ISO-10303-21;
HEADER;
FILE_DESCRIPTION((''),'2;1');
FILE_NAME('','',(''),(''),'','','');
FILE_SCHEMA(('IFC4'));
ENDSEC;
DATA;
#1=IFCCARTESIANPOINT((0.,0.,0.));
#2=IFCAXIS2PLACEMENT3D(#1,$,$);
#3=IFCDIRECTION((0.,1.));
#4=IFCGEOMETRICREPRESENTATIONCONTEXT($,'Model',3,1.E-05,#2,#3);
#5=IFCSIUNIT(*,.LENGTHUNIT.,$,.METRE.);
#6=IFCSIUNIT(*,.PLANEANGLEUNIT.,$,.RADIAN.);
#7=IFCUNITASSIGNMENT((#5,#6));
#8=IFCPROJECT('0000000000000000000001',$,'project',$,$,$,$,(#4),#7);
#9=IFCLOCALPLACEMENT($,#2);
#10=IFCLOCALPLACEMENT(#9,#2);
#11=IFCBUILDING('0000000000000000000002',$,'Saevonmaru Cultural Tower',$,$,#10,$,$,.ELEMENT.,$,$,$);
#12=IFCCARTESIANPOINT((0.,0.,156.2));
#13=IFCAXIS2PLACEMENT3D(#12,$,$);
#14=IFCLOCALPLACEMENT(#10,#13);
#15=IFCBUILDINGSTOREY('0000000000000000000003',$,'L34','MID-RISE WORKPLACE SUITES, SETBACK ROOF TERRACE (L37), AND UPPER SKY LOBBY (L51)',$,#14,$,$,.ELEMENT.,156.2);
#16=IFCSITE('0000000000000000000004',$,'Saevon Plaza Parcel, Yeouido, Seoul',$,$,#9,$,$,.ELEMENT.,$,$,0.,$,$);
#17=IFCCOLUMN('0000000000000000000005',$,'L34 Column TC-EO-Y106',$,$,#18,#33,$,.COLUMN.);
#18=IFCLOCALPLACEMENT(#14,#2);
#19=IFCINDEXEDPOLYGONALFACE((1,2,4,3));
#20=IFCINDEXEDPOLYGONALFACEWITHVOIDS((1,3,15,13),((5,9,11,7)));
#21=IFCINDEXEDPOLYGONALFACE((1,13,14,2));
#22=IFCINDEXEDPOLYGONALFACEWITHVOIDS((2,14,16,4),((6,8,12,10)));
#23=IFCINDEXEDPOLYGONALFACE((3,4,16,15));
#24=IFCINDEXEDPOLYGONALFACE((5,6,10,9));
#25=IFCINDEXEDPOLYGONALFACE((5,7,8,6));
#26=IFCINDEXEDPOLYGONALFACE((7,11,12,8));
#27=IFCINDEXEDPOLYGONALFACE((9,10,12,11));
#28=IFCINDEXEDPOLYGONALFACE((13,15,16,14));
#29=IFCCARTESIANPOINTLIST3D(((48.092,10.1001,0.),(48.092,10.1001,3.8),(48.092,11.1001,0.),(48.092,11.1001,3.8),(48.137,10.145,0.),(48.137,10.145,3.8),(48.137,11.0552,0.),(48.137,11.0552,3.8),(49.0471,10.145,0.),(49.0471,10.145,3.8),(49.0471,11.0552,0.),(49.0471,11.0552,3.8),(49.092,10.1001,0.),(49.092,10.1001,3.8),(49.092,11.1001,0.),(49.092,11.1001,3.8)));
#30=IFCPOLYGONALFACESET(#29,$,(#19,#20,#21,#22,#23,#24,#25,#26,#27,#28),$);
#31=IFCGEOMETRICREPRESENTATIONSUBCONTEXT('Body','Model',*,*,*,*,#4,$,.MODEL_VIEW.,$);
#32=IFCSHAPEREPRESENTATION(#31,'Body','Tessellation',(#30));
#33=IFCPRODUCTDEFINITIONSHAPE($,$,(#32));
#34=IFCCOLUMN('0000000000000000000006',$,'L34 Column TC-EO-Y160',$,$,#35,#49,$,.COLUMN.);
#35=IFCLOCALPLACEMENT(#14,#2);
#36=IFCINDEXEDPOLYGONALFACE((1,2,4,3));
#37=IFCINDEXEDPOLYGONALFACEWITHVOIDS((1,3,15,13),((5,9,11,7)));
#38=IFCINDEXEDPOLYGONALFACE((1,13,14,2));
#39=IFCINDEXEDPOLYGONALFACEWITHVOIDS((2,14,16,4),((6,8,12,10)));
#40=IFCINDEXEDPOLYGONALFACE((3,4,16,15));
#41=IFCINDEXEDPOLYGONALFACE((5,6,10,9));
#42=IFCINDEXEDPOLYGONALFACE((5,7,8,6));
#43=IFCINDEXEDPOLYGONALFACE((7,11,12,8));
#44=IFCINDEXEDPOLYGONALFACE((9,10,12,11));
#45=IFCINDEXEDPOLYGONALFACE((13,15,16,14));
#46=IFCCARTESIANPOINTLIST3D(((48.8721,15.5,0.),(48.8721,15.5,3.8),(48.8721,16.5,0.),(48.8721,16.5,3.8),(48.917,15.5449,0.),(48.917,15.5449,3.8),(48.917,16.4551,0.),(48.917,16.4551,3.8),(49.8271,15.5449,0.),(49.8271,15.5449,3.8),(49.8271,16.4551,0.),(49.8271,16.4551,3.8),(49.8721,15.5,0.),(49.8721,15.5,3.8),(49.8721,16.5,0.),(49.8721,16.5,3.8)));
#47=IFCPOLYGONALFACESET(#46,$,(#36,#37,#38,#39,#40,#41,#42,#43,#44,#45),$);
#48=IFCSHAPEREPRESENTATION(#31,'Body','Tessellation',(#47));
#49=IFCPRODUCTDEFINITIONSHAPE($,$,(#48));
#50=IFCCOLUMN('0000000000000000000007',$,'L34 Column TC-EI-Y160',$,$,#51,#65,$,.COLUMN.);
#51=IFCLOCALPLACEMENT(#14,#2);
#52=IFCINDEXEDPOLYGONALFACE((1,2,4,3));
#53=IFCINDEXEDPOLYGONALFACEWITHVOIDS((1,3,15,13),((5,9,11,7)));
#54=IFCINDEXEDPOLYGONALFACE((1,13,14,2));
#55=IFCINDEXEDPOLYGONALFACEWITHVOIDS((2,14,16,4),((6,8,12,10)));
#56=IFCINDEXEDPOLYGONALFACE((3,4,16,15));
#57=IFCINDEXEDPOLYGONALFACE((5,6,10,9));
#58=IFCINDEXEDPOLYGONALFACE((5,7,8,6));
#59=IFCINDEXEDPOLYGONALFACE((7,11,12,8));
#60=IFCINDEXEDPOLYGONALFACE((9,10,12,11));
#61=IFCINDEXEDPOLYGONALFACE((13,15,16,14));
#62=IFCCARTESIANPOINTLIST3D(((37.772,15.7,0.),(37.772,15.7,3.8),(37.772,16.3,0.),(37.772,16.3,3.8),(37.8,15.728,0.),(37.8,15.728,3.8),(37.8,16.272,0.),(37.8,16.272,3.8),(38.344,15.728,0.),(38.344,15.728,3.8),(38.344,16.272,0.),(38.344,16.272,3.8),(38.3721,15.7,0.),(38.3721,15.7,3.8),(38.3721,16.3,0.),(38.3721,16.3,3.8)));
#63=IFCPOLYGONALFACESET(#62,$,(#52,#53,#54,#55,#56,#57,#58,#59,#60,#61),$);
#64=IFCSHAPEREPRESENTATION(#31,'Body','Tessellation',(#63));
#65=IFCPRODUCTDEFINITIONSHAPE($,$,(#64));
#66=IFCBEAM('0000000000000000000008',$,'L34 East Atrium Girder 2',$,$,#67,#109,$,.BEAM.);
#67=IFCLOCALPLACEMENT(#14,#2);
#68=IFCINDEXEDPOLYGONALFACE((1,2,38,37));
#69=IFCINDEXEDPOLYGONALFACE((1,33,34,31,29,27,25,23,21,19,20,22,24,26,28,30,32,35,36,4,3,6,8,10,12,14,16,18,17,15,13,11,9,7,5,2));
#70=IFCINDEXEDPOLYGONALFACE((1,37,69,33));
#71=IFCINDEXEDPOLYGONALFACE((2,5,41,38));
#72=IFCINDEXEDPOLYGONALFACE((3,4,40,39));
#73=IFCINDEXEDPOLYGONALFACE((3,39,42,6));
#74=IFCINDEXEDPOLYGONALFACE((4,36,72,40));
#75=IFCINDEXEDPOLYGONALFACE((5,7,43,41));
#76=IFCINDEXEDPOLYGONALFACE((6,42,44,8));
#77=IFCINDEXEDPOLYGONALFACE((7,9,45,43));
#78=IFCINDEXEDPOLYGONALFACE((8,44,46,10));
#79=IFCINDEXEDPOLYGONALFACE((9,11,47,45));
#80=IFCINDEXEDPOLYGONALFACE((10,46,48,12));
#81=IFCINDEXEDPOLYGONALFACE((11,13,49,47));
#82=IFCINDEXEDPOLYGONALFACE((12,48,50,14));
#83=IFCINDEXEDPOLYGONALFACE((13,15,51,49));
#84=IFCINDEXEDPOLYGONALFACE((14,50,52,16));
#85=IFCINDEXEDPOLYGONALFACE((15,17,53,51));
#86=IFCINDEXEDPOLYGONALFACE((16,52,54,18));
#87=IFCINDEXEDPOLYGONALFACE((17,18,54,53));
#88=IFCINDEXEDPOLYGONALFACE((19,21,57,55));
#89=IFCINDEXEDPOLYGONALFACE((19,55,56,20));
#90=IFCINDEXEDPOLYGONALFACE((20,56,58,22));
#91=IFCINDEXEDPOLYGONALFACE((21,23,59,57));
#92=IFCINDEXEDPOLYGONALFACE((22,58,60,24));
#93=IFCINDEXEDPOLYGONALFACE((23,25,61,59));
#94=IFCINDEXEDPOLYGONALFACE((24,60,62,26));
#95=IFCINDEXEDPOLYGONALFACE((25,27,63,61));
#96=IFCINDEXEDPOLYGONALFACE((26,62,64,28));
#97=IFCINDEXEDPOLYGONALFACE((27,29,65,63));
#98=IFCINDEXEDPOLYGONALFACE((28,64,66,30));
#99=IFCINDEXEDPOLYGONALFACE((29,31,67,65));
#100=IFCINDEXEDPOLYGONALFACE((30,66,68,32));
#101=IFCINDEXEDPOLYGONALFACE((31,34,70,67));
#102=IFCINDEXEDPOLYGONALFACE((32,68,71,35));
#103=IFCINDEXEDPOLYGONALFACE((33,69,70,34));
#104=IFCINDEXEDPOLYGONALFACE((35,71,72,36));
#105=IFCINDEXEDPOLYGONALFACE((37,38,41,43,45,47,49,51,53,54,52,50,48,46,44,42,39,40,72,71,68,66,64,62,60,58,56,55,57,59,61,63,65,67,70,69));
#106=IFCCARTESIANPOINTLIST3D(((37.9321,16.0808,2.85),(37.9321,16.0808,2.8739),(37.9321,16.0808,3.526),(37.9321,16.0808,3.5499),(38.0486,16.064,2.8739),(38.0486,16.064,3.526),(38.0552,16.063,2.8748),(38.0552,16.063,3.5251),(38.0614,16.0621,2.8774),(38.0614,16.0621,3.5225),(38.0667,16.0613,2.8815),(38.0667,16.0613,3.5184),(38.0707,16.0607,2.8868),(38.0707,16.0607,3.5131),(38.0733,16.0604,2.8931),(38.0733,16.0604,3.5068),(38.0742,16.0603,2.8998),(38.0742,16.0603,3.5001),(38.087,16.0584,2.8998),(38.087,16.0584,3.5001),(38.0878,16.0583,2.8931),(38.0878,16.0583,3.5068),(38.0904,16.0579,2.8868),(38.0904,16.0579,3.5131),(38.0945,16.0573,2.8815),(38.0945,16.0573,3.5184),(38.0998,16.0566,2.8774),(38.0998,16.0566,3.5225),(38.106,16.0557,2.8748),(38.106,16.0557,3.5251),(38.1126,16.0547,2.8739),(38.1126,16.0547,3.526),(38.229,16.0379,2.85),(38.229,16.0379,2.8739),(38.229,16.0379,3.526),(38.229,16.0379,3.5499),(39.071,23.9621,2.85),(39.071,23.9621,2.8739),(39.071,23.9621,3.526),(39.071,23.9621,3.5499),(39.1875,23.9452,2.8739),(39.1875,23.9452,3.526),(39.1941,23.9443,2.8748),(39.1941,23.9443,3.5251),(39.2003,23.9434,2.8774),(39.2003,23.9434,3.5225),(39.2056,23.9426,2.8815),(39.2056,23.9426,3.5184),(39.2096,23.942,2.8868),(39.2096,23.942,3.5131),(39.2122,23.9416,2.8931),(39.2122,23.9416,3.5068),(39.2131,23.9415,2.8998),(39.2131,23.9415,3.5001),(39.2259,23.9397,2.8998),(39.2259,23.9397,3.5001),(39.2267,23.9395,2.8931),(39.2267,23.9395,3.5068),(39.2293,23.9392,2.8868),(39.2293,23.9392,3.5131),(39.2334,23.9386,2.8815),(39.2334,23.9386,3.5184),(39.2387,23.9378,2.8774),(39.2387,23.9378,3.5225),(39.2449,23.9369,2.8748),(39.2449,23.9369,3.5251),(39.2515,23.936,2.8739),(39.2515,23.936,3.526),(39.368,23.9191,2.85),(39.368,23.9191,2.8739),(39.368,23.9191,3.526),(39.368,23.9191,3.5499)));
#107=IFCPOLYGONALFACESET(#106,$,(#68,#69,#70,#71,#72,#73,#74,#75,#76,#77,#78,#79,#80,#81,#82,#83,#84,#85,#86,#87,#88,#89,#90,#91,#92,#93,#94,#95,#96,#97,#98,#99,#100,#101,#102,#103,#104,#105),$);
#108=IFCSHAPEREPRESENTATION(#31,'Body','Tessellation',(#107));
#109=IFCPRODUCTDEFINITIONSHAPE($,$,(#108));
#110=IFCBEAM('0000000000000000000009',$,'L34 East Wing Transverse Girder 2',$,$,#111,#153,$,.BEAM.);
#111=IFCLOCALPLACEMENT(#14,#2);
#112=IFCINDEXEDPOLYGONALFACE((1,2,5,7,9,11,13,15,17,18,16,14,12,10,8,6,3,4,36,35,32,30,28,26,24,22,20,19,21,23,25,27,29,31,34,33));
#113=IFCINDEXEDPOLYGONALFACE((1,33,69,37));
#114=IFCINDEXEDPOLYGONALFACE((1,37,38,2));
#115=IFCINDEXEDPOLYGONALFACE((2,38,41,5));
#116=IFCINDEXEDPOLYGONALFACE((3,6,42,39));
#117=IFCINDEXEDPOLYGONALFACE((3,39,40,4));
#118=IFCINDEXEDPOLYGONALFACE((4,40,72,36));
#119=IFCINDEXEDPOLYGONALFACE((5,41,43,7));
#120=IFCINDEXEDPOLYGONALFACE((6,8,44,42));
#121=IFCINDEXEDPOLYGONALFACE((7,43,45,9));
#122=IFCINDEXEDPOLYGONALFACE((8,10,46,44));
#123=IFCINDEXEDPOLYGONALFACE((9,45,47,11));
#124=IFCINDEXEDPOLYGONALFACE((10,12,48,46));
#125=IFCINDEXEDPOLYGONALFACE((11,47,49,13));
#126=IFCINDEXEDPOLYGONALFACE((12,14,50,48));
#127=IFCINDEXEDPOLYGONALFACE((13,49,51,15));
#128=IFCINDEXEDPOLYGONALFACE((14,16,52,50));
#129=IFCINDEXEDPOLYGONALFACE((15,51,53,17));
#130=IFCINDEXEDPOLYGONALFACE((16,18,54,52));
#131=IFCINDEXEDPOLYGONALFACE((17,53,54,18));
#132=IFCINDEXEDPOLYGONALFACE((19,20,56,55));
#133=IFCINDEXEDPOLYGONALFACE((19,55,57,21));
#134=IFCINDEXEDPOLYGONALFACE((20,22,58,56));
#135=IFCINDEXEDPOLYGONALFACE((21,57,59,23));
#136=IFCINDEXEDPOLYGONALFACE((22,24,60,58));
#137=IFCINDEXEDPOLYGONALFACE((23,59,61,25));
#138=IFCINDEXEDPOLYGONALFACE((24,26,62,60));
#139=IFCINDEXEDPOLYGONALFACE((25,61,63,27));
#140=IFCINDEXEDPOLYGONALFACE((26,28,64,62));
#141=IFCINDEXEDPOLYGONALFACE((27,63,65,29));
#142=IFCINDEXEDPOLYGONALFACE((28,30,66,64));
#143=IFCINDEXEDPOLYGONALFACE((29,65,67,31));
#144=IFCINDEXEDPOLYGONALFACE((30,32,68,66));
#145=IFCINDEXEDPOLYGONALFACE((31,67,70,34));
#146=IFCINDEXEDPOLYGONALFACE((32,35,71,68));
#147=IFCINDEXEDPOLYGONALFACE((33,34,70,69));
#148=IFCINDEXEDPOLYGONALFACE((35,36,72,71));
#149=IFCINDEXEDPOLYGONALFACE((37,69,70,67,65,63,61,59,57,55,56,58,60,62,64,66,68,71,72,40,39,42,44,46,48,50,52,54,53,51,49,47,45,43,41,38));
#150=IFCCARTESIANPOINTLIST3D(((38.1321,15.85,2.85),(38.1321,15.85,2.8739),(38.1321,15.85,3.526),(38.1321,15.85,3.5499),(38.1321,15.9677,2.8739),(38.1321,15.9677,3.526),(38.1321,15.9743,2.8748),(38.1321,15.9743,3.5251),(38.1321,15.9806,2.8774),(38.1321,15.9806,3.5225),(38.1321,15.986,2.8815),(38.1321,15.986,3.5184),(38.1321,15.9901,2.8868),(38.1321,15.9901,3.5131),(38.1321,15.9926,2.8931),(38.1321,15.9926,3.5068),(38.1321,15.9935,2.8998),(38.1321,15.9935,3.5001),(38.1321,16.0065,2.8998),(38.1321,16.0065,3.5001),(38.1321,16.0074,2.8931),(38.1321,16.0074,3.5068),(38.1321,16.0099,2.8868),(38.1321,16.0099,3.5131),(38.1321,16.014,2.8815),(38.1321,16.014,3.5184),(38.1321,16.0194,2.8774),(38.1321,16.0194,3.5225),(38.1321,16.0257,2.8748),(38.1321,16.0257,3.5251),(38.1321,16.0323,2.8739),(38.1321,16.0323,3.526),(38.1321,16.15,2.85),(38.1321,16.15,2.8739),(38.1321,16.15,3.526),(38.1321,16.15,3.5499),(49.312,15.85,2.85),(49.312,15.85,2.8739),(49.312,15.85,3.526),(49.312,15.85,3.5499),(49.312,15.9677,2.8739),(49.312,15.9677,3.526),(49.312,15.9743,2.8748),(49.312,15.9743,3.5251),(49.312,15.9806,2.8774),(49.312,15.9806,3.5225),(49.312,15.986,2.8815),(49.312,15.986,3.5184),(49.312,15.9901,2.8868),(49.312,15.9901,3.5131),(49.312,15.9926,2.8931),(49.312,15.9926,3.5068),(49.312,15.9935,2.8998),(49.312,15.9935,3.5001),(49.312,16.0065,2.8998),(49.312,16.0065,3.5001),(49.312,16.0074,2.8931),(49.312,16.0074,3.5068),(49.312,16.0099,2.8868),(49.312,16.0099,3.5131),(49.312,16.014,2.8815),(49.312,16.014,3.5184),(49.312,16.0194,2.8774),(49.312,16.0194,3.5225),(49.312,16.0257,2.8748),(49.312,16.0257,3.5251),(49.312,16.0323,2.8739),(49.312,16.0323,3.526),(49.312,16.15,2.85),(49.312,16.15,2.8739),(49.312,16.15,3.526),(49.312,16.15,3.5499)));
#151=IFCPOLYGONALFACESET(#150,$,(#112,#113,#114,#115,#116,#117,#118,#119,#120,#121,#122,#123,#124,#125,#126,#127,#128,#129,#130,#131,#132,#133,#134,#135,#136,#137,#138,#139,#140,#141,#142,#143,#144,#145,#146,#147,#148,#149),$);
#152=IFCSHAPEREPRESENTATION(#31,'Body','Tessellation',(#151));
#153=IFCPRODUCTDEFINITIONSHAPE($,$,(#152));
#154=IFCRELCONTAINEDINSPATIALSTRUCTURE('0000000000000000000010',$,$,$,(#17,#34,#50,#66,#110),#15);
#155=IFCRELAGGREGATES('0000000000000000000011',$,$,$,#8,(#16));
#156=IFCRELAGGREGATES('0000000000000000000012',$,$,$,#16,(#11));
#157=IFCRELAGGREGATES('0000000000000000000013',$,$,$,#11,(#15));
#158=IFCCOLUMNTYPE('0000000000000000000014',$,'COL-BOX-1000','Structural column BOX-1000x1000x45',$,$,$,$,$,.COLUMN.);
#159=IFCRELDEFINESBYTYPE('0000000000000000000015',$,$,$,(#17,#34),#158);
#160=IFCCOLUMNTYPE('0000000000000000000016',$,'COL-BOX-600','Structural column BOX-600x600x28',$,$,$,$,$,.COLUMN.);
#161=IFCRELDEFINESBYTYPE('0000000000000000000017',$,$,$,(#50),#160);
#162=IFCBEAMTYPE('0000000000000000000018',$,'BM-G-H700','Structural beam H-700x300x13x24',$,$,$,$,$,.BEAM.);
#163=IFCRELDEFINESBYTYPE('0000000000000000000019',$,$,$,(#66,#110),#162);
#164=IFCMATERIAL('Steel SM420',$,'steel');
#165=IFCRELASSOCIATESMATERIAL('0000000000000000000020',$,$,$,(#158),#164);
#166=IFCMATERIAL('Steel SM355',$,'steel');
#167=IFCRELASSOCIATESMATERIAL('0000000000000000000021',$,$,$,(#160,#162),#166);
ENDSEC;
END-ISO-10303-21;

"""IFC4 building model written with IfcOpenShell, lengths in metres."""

from ifc_helpers import new_model, si_unit, direction, frame, origin, origin_2d, place, context, subcontext, project, spatial, hollow_rectangle, i_section, extrude, material, material_profile, profile_set, type_object, element, save


model = new_model("IFC4")

# Units and contexts
model_context = context("Model", 3, precision=1e-05, world=origin(), true_north=direction((0.0, 1.0)))
body_context = subcontext(model_context, "Body", "Model", "MODEL_VIEW")
ifc_project = project(units=[si_unit("LENGTHUNIT", "METRE"), si_unit("PLANEANGLEUNIT", "RADIAN")], contexts=[model_context])

# Site, building, storey
site_placement = place(None, origin())
site = spatial("IfcSite", under=ifc_project, at=site_placement, Name="Saevon Plaza Parcel, Yeouido, Seoul", CompositionType="ELEMENT", RefElevation=0.0)
building_placement = place(site_placement, origin())
building = spatial("IfcBuilding", under=site, at=building_placement, Name="Saevonmaru Cultural Tower", CompositionType="ELEMENT")
storey_placement = place(building_placement, frame((0.0, 0.0, 156.2)))
storey = spatial("IfcBuildingStorey", under=building, at=storey_placement, Name="L34", Description="MID-RISE WORKPLACE SUITES, SETBACK ROOF TERRACE (L37), AND UPPER SKY LOBBY (L51)", CompositionType="ELEMENT", Elevation=156.2)

# Columns
ifc_material_1 = material(Name="Steel SM420", Category="steel")
ifc_material_profile_1 = material_profile(ifc_material_1, hollow_rectangle(XDim=1.0, YDim=1.0, WallThickness=0.0449, at=origin_2d()), Name="BOX-1000x1000x45")
ifc_profile_set_1 = profile_set([ifc_material_profile_1], Name="Steel SM420")
column_type_1 = type_object("IfcColumnType", Name="COL-BOX-1000", Description="Structural column BOX-1000x1000x45", PredefinedType="COLUMN", material=ifc_profile_set_1)
for number, where, z_axis, x_axis, name in (
    (1, (48.592, 10.6001, 0.0), (0.0, 0.0, 1.0), (1.0, 0.0, 0.0), "L34 Column TC-EO-Y106"),
    (2, (49.3721, 16.0, 0.0), (0.0, 0.0, 1.0), (1.0, 0.0, 0.0), "L34 Column TC-EO-Y160"),
):
    element("IfcColumn", number, at=place(storey_placement, frame(where, z_axis=z_axis, x_axis=x_axis)), inside=storey, type_object=column_type_1, Name=name, PredefinedType="COLUMN", context=body_context, shape_type="SweptSolid", body=[
        extrude(hollow_rectangle(XDim=1.0, YDim=1.0, WallThickness=0.0449, at=origin_2d()), origin(), (0.0, 0.0, 1.0), 3.8),
    ])
ifc_material_2 = material(Name="Steel SM355", Category="steel")
ifc_material_profile_2 = material_profile(ifc_material_2, hollow_rectangle(XDim=0.6001, YDim=0.6001, WallThickness=0.0281, at=origin_2d()), Name="BOX-600x600x28")
ifc_profile_set_2 = profile_set([ifc_material_profile_2], Name="Steel SM355")
column_type_2 = type_object("IfcColumnType", Name="COL-BOX-600", Description="Structural column BOX-600x600x28", PredefinedType="COLUMN", material=ifc_profile_set_2)
column_placement = place(storey_placement, frame((38.072, 16.0, 0.0), z_axis=(0.0, 0.0, 1.0), x_axis=(1.0, 0.0, 0.0)))
element("IfcColumn", 3, at=column_placement, inside=storey, type_object=column_type_2, Name="L34 Column TC-EI-Y160", PredefinedType="COLUMN", context=body_context, shape_type="SweptSolid", body=[
    extrude(hollow_rectangle(XDim=0.6001, YDim=0.6001, WallThickness=0.0281, at=origin_2d()), origin(), (0.0, 0.0, 1.0), 3.8),
])

# Beams
ifc_material_profile_3 = material_profile(ifc_material_2, i_section(OverallWidth=0.3, OverallDepth=0.7, WebThickness=0.0129, FlangeThickness=0.0239, FilletRadius=0.0259, at=origin_2d()), Name="H-700x300x13x24")
ifc_profile_set_3 = profile_set([ifc_material_profile_3], Name="Steel SM355")
beam_type_1 = type_object("IfcBeamType", Name="BM-G-H700", Description="Structural beam H-700x300x13x24", PredefinedType="BEAM", material=ifc_profile_set_3)
beam_1_placement = place(storey_placement, frame((38.0806, 16.0593, 3.2), z_axis=(0.143022, 0.989719, 0.0), x_axis=(-0.989719, 0.143022, 0.0)))
element("IfcBeam", 4, at=beam_1_placement, inside=storey, type_object=beam_type_1, Name="L34 East Atrium Girder 2", PredefinedType="BEAM", context=body_context, shape_type="SweptSolid", body=[
    extrude(i_section(OverallWidth=0.3, OverallDepth=0.7, WebThickness=0.0129, FlangeThickness=0.0239, FilletRadius=0.0259, at=origin_2d()), origin(), (0.0, 0.0, 1.0), 7.9631),
])
beam_2_placement = place(storey_placement, frame((38.1321, 16.0, 3.2), z_axis=(1.0, 0.0, 0.0), x_axis=(0.0, 1.0, 0.0)))
element("IfcBeam", 5, at=beam_2_placement, inside=storey, type_object=beam_type_1, Name="L34 East Wing Transverse Girder 2", PredefinedType="BEAM", context=body_context, shape_type="SweptSolid", body=[
    extrude(i_section(OverallWidth=0.3, OverallDepth=0.7, WebThickness=0.0129, FlangeThickness=0.0239, FilletRadius=0.0259, at=origin_2d()), origin(), (0.0, 0.0, 1.0), 11.1799),
])

save(model, "model.ifc")
